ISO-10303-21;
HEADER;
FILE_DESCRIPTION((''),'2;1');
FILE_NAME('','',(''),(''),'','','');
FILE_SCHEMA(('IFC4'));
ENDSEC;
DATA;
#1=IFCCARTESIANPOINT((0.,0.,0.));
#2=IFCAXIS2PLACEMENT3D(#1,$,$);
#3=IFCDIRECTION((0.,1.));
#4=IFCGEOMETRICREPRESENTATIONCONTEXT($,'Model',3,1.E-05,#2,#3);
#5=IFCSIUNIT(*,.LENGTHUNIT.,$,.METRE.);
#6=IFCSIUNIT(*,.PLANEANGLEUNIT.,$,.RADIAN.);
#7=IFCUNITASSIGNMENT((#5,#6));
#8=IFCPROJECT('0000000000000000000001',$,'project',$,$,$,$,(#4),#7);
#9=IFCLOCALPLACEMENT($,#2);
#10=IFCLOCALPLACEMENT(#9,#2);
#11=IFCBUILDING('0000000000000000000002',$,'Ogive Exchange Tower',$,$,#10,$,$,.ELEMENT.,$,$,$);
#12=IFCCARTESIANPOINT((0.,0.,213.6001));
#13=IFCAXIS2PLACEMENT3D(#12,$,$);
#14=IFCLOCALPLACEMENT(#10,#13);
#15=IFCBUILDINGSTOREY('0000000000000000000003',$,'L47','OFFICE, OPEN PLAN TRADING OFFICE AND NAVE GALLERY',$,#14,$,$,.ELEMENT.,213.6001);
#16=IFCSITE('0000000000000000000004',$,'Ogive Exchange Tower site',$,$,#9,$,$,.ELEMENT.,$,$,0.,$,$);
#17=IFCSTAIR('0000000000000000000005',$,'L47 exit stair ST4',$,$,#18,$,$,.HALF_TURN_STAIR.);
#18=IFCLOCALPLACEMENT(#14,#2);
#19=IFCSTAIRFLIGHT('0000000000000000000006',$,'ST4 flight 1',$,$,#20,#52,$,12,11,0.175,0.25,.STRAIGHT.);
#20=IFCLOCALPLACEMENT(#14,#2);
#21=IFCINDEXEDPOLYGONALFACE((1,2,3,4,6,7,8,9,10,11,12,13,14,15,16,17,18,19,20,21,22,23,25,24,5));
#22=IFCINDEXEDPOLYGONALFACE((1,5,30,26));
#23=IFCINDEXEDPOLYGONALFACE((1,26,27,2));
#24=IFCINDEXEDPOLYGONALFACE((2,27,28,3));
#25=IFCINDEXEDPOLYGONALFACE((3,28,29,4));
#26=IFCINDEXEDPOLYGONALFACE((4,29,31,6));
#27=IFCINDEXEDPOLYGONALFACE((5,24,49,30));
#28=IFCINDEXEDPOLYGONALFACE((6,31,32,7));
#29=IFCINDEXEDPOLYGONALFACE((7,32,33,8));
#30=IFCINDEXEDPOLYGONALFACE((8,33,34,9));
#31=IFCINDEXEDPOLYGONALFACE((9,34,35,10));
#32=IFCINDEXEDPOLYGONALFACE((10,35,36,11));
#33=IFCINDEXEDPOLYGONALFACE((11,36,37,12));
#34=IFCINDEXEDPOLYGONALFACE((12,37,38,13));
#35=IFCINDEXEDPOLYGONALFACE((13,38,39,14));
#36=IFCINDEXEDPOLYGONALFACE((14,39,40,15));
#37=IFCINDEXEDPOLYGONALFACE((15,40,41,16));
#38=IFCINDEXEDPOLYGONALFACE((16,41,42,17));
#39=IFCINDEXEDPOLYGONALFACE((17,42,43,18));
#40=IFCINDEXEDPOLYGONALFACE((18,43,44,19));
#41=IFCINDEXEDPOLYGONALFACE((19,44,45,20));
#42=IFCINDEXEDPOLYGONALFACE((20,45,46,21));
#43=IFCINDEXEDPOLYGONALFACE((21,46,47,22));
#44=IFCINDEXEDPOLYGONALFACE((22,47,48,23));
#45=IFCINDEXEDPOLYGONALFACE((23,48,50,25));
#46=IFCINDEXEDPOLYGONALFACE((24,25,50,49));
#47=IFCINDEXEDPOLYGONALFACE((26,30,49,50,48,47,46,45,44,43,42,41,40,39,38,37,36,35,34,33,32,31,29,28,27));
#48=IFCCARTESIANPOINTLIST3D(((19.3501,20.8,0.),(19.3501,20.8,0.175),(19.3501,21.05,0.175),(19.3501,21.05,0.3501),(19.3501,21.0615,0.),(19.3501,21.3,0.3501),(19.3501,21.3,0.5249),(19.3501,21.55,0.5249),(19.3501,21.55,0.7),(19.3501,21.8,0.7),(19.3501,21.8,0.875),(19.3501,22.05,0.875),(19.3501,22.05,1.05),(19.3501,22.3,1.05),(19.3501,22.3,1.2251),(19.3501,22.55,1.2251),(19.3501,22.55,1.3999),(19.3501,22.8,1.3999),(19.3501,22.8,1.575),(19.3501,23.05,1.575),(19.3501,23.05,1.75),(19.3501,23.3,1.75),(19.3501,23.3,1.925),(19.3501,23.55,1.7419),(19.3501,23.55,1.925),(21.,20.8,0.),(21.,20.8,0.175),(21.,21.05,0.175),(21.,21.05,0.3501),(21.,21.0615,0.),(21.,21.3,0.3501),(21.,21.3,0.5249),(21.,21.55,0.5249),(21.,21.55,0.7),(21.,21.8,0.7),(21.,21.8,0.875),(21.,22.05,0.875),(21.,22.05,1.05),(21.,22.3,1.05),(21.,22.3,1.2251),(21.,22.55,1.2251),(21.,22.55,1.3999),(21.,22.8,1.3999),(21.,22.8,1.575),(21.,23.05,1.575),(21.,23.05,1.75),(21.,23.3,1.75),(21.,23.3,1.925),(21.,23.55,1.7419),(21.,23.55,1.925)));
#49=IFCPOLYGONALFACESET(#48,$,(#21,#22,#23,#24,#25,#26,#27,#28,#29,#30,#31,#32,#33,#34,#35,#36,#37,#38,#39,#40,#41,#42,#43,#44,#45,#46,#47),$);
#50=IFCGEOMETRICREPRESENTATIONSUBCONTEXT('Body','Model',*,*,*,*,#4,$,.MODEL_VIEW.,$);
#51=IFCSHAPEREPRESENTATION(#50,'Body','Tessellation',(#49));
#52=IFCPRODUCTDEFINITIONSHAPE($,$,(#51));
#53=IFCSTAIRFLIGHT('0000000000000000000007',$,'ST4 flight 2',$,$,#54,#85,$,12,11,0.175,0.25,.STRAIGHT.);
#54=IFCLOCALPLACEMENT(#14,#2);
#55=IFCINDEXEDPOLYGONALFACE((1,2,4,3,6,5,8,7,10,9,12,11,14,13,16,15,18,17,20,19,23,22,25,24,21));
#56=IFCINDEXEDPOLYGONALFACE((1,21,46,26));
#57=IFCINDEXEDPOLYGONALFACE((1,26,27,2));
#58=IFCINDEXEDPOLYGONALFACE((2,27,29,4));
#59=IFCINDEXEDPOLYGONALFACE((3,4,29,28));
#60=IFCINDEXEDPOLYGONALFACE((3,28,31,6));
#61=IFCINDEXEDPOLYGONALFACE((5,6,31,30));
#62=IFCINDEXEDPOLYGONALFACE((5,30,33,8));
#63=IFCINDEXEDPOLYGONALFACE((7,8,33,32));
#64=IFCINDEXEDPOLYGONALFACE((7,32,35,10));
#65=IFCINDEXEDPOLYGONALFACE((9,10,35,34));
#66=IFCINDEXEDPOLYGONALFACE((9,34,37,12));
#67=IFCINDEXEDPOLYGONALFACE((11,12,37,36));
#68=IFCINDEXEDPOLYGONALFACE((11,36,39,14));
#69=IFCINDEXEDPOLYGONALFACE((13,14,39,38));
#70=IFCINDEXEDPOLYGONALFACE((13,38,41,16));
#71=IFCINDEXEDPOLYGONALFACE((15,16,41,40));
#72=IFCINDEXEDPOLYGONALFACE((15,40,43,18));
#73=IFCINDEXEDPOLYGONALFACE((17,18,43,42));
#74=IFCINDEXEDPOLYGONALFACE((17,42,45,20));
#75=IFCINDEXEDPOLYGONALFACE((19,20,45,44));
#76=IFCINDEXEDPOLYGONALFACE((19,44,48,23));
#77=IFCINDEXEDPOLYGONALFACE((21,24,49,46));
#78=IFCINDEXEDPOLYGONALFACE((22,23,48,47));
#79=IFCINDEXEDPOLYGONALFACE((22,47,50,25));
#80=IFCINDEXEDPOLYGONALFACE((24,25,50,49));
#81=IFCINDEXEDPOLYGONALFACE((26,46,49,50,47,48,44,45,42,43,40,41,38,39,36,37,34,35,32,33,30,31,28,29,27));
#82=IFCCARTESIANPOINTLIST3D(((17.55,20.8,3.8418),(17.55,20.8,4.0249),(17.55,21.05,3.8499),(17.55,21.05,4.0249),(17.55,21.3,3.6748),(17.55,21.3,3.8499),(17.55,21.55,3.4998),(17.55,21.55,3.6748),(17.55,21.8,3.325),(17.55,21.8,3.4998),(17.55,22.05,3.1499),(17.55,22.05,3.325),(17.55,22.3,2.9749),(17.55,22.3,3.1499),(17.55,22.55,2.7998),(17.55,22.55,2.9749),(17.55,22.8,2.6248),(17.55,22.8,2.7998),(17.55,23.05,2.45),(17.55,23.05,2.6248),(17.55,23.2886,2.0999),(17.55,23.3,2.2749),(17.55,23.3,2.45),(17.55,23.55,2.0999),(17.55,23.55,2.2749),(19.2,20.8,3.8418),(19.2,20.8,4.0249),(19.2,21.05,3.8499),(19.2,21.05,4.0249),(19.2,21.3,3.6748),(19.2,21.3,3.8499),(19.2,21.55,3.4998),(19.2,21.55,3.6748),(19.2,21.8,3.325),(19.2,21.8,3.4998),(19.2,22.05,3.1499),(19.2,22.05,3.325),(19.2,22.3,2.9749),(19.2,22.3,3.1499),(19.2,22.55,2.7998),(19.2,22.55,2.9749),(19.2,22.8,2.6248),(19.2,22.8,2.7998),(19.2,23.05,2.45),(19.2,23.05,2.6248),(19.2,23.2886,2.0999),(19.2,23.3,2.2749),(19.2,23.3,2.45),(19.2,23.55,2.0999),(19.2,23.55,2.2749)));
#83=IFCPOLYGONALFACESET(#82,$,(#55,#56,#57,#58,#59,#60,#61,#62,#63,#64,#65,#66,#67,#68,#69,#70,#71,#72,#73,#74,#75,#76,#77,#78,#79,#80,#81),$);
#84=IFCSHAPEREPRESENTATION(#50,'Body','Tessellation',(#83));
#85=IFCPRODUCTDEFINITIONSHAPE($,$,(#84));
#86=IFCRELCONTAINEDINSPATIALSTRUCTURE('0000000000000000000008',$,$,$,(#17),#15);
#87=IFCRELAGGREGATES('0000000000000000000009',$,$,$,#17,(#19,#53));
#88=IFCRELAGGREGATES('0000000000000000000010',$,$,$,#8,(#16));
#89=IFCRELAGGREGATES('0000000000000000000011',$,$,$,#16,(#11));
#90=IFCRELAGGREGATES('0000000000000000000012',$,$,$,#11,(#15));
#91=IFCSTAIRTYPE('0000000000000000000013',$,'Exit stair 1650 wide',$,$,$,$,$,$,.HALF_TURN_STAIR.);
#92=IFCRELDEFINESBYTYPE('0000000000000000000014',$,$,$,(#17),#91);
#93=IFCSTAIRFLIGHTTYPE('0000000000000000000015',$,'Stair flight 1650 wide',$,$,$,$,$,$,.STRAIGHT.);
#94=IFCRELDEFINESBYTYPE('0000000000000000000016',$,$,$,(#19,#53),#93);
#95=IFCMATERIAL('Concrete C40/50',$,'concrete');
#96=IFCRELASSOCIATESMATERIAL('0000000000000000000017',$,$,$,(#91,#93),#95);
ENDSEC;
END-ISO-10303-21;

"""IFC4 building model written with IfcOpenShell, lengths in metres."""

from ifc_helpers import new_model, si_unit, direction, frame, origin, place, context, subcontext, project, spatial, polyline, outline, extrude, material, type_object, element, aggregate, save


model = new_model("IFC4")

# Units and contexts
model_context = context("Model", 3, precision=1e-05, world=origin(), true_north=direction((0.0, 1.0)))
body_context = subcontext(model_context, "Body", "Model", "MODEL_VIEW")
ifc_project = project(units=[si_unit("LENGTHUNIT", "METRE"), si_unit("PLANEANGLEUNIT", "RADIAN")], contexts=[model_context])

# Site, building, storey
site_placement = place(None, origin())
site = spatial("IfcSite", under=ifc_project, at=site_placement, Name="Ogive Exchange Tower site", CompositionType="ELEMENT", RefElevation=0.0)
building_placement = place(site_placement, origin())
building = spatial("IfcBuilding", under=site, at=building_placement, Name="Ogive Exchange Tower", CompositionType="ELEMENT")
storey_placement = place(building_placement, frame((0.0, 0.0, 213.6001)))
storey = spatial("IfcBuildingStorey", under=building, at=storey_placement, Name="L47", Description="OFFICE, OPEN PLAN TRADING OFFICE AND NAVE GALLERY", CompositionType="ELEMENT", Elevation=213.6001)

# Stair, stair flights
ifc_material_1 = material(Name="Concrete C40/50", Category="concrete")
stair_type = type_object("IfcStairType", Name="Exit stair 1650 wide", PredefinedType="HALF_TURN_STAIR", material=ifc_material_1)
stair_placement = place(storey_placement, origin())
stair = element("IfcStair", 1, at=stair_placement, inside=storey, type_object=stair_type, Name="L47 exit stair ST4", PredefinedType="HALF_TURN_STAIR")
stair_flight_type = type_object("IfcStairFlightType", Name="Stair flight 1650 wide", PredefinedType="STRAIGHT", material=ifc_material_1)
stair_flight_1_placement = place(storey_placement, frame((20.175, 20.8, 0.0), z_axis=(0.0, 0.0, 1.0), x_axis=(0.0, 1.0, 0.0)))
stair_flight_1 = element("IfcStairFlight", 2, at=stair_flight_1_placement, type_object=stair_flight_type, Name="ST4 flight 1", NumberOfRisers=12, NumberOfTreads=11, PredefinedType="STRAIGHT", RiserHeight=0.175, TreadLength=0.25, context=body_context, shape_type="SweptSolid", body=[
    extrude(outline(polyline([(0.0, 0.0), (0.0, 0.175), (0.25, 0.175), (0.25, 0.3501), (0.5, 0.3501), (0.5, 0.5249), (0.75, 0.5249), (0.75, 0.7), (1.0, 0.7), (1.0, 0.875), (1.25, 0.875), (1.25, 1.05), (1.5, 1.05), (1.5, 1.2251), (1.75, 1.2251), (1.75, 1.3999), (2.0, 1.3999), (2.0, 1.575), (2.25, 1.575), (2.25, 1.75), (2.5, 1.75), (2.5, 1.925), (2.75, 1.925), (2.75, 2.1001), (2.75, 1.7419), (0.2615, 0.0), (0.0, 0.0)])), frame((0.0, 0.825, 0.0), z_axis=(0.0, -1.0, 0.0), x_axis=(1.0, 0.0, 0.0)), (0.0, 0.0, 1.0), 1.6499),
])
stair_flight_2_placement = place(storey_placement, frame((18.375, 23.55, 2.0999), z_axis=(0.0, 0.0, 1.0), x_axis=(0.0, -1.0, 0.0)))
stair_flight_2 = element("IfcStairFlight", 3, at=stair_flight_2_placement, type_object=stair_flight_type, Name="ST4 flight 2", NumberOfRisers=12, NumberOfTreads=11, PredefinedType="STRAIGHT", RiserHeight=0.175, TreadLength=0.25, context=body_context, shape_type="SweptSolid", body=[
    extrude(outline(polyline([(0.0, 0.0), (0.0, 0.175), (0.25, 0.175), (0.25, 0.3501), (0.5, 0.3501), (0.5, 0.5249), (0.75, 0.5249), (0.75, 0.7), (1.0, 0.7), (1.0, 0.875), (1.25, 0.875), (1.25, 1.05), (1.5, 1.05), (1.5, 1.2251), (1.75, 1.2251), (1.75, 1.3999), (2.0, 1.3999), (2.0, 1.575), (2.25, 1.575), (2.25, 1.75), (2.5, 1.75), (2.5, 1.925), (2.75, 1.925), (2.75, 2.1001), (2.75, 1.7419), (0.2615, 0.0), (0.0, 0.0)])), frame((0.0, 0.825, 0.0), z_axis=(0.0, -1.0, 0.0), x_axis=(1.0, 0.0, 0.0)), (0.0, 0.0, 1.0), 1.6499),
])
aggregate(stair, [stair_flight_1, stair_flight_2])

save(model, "model.ifc")
